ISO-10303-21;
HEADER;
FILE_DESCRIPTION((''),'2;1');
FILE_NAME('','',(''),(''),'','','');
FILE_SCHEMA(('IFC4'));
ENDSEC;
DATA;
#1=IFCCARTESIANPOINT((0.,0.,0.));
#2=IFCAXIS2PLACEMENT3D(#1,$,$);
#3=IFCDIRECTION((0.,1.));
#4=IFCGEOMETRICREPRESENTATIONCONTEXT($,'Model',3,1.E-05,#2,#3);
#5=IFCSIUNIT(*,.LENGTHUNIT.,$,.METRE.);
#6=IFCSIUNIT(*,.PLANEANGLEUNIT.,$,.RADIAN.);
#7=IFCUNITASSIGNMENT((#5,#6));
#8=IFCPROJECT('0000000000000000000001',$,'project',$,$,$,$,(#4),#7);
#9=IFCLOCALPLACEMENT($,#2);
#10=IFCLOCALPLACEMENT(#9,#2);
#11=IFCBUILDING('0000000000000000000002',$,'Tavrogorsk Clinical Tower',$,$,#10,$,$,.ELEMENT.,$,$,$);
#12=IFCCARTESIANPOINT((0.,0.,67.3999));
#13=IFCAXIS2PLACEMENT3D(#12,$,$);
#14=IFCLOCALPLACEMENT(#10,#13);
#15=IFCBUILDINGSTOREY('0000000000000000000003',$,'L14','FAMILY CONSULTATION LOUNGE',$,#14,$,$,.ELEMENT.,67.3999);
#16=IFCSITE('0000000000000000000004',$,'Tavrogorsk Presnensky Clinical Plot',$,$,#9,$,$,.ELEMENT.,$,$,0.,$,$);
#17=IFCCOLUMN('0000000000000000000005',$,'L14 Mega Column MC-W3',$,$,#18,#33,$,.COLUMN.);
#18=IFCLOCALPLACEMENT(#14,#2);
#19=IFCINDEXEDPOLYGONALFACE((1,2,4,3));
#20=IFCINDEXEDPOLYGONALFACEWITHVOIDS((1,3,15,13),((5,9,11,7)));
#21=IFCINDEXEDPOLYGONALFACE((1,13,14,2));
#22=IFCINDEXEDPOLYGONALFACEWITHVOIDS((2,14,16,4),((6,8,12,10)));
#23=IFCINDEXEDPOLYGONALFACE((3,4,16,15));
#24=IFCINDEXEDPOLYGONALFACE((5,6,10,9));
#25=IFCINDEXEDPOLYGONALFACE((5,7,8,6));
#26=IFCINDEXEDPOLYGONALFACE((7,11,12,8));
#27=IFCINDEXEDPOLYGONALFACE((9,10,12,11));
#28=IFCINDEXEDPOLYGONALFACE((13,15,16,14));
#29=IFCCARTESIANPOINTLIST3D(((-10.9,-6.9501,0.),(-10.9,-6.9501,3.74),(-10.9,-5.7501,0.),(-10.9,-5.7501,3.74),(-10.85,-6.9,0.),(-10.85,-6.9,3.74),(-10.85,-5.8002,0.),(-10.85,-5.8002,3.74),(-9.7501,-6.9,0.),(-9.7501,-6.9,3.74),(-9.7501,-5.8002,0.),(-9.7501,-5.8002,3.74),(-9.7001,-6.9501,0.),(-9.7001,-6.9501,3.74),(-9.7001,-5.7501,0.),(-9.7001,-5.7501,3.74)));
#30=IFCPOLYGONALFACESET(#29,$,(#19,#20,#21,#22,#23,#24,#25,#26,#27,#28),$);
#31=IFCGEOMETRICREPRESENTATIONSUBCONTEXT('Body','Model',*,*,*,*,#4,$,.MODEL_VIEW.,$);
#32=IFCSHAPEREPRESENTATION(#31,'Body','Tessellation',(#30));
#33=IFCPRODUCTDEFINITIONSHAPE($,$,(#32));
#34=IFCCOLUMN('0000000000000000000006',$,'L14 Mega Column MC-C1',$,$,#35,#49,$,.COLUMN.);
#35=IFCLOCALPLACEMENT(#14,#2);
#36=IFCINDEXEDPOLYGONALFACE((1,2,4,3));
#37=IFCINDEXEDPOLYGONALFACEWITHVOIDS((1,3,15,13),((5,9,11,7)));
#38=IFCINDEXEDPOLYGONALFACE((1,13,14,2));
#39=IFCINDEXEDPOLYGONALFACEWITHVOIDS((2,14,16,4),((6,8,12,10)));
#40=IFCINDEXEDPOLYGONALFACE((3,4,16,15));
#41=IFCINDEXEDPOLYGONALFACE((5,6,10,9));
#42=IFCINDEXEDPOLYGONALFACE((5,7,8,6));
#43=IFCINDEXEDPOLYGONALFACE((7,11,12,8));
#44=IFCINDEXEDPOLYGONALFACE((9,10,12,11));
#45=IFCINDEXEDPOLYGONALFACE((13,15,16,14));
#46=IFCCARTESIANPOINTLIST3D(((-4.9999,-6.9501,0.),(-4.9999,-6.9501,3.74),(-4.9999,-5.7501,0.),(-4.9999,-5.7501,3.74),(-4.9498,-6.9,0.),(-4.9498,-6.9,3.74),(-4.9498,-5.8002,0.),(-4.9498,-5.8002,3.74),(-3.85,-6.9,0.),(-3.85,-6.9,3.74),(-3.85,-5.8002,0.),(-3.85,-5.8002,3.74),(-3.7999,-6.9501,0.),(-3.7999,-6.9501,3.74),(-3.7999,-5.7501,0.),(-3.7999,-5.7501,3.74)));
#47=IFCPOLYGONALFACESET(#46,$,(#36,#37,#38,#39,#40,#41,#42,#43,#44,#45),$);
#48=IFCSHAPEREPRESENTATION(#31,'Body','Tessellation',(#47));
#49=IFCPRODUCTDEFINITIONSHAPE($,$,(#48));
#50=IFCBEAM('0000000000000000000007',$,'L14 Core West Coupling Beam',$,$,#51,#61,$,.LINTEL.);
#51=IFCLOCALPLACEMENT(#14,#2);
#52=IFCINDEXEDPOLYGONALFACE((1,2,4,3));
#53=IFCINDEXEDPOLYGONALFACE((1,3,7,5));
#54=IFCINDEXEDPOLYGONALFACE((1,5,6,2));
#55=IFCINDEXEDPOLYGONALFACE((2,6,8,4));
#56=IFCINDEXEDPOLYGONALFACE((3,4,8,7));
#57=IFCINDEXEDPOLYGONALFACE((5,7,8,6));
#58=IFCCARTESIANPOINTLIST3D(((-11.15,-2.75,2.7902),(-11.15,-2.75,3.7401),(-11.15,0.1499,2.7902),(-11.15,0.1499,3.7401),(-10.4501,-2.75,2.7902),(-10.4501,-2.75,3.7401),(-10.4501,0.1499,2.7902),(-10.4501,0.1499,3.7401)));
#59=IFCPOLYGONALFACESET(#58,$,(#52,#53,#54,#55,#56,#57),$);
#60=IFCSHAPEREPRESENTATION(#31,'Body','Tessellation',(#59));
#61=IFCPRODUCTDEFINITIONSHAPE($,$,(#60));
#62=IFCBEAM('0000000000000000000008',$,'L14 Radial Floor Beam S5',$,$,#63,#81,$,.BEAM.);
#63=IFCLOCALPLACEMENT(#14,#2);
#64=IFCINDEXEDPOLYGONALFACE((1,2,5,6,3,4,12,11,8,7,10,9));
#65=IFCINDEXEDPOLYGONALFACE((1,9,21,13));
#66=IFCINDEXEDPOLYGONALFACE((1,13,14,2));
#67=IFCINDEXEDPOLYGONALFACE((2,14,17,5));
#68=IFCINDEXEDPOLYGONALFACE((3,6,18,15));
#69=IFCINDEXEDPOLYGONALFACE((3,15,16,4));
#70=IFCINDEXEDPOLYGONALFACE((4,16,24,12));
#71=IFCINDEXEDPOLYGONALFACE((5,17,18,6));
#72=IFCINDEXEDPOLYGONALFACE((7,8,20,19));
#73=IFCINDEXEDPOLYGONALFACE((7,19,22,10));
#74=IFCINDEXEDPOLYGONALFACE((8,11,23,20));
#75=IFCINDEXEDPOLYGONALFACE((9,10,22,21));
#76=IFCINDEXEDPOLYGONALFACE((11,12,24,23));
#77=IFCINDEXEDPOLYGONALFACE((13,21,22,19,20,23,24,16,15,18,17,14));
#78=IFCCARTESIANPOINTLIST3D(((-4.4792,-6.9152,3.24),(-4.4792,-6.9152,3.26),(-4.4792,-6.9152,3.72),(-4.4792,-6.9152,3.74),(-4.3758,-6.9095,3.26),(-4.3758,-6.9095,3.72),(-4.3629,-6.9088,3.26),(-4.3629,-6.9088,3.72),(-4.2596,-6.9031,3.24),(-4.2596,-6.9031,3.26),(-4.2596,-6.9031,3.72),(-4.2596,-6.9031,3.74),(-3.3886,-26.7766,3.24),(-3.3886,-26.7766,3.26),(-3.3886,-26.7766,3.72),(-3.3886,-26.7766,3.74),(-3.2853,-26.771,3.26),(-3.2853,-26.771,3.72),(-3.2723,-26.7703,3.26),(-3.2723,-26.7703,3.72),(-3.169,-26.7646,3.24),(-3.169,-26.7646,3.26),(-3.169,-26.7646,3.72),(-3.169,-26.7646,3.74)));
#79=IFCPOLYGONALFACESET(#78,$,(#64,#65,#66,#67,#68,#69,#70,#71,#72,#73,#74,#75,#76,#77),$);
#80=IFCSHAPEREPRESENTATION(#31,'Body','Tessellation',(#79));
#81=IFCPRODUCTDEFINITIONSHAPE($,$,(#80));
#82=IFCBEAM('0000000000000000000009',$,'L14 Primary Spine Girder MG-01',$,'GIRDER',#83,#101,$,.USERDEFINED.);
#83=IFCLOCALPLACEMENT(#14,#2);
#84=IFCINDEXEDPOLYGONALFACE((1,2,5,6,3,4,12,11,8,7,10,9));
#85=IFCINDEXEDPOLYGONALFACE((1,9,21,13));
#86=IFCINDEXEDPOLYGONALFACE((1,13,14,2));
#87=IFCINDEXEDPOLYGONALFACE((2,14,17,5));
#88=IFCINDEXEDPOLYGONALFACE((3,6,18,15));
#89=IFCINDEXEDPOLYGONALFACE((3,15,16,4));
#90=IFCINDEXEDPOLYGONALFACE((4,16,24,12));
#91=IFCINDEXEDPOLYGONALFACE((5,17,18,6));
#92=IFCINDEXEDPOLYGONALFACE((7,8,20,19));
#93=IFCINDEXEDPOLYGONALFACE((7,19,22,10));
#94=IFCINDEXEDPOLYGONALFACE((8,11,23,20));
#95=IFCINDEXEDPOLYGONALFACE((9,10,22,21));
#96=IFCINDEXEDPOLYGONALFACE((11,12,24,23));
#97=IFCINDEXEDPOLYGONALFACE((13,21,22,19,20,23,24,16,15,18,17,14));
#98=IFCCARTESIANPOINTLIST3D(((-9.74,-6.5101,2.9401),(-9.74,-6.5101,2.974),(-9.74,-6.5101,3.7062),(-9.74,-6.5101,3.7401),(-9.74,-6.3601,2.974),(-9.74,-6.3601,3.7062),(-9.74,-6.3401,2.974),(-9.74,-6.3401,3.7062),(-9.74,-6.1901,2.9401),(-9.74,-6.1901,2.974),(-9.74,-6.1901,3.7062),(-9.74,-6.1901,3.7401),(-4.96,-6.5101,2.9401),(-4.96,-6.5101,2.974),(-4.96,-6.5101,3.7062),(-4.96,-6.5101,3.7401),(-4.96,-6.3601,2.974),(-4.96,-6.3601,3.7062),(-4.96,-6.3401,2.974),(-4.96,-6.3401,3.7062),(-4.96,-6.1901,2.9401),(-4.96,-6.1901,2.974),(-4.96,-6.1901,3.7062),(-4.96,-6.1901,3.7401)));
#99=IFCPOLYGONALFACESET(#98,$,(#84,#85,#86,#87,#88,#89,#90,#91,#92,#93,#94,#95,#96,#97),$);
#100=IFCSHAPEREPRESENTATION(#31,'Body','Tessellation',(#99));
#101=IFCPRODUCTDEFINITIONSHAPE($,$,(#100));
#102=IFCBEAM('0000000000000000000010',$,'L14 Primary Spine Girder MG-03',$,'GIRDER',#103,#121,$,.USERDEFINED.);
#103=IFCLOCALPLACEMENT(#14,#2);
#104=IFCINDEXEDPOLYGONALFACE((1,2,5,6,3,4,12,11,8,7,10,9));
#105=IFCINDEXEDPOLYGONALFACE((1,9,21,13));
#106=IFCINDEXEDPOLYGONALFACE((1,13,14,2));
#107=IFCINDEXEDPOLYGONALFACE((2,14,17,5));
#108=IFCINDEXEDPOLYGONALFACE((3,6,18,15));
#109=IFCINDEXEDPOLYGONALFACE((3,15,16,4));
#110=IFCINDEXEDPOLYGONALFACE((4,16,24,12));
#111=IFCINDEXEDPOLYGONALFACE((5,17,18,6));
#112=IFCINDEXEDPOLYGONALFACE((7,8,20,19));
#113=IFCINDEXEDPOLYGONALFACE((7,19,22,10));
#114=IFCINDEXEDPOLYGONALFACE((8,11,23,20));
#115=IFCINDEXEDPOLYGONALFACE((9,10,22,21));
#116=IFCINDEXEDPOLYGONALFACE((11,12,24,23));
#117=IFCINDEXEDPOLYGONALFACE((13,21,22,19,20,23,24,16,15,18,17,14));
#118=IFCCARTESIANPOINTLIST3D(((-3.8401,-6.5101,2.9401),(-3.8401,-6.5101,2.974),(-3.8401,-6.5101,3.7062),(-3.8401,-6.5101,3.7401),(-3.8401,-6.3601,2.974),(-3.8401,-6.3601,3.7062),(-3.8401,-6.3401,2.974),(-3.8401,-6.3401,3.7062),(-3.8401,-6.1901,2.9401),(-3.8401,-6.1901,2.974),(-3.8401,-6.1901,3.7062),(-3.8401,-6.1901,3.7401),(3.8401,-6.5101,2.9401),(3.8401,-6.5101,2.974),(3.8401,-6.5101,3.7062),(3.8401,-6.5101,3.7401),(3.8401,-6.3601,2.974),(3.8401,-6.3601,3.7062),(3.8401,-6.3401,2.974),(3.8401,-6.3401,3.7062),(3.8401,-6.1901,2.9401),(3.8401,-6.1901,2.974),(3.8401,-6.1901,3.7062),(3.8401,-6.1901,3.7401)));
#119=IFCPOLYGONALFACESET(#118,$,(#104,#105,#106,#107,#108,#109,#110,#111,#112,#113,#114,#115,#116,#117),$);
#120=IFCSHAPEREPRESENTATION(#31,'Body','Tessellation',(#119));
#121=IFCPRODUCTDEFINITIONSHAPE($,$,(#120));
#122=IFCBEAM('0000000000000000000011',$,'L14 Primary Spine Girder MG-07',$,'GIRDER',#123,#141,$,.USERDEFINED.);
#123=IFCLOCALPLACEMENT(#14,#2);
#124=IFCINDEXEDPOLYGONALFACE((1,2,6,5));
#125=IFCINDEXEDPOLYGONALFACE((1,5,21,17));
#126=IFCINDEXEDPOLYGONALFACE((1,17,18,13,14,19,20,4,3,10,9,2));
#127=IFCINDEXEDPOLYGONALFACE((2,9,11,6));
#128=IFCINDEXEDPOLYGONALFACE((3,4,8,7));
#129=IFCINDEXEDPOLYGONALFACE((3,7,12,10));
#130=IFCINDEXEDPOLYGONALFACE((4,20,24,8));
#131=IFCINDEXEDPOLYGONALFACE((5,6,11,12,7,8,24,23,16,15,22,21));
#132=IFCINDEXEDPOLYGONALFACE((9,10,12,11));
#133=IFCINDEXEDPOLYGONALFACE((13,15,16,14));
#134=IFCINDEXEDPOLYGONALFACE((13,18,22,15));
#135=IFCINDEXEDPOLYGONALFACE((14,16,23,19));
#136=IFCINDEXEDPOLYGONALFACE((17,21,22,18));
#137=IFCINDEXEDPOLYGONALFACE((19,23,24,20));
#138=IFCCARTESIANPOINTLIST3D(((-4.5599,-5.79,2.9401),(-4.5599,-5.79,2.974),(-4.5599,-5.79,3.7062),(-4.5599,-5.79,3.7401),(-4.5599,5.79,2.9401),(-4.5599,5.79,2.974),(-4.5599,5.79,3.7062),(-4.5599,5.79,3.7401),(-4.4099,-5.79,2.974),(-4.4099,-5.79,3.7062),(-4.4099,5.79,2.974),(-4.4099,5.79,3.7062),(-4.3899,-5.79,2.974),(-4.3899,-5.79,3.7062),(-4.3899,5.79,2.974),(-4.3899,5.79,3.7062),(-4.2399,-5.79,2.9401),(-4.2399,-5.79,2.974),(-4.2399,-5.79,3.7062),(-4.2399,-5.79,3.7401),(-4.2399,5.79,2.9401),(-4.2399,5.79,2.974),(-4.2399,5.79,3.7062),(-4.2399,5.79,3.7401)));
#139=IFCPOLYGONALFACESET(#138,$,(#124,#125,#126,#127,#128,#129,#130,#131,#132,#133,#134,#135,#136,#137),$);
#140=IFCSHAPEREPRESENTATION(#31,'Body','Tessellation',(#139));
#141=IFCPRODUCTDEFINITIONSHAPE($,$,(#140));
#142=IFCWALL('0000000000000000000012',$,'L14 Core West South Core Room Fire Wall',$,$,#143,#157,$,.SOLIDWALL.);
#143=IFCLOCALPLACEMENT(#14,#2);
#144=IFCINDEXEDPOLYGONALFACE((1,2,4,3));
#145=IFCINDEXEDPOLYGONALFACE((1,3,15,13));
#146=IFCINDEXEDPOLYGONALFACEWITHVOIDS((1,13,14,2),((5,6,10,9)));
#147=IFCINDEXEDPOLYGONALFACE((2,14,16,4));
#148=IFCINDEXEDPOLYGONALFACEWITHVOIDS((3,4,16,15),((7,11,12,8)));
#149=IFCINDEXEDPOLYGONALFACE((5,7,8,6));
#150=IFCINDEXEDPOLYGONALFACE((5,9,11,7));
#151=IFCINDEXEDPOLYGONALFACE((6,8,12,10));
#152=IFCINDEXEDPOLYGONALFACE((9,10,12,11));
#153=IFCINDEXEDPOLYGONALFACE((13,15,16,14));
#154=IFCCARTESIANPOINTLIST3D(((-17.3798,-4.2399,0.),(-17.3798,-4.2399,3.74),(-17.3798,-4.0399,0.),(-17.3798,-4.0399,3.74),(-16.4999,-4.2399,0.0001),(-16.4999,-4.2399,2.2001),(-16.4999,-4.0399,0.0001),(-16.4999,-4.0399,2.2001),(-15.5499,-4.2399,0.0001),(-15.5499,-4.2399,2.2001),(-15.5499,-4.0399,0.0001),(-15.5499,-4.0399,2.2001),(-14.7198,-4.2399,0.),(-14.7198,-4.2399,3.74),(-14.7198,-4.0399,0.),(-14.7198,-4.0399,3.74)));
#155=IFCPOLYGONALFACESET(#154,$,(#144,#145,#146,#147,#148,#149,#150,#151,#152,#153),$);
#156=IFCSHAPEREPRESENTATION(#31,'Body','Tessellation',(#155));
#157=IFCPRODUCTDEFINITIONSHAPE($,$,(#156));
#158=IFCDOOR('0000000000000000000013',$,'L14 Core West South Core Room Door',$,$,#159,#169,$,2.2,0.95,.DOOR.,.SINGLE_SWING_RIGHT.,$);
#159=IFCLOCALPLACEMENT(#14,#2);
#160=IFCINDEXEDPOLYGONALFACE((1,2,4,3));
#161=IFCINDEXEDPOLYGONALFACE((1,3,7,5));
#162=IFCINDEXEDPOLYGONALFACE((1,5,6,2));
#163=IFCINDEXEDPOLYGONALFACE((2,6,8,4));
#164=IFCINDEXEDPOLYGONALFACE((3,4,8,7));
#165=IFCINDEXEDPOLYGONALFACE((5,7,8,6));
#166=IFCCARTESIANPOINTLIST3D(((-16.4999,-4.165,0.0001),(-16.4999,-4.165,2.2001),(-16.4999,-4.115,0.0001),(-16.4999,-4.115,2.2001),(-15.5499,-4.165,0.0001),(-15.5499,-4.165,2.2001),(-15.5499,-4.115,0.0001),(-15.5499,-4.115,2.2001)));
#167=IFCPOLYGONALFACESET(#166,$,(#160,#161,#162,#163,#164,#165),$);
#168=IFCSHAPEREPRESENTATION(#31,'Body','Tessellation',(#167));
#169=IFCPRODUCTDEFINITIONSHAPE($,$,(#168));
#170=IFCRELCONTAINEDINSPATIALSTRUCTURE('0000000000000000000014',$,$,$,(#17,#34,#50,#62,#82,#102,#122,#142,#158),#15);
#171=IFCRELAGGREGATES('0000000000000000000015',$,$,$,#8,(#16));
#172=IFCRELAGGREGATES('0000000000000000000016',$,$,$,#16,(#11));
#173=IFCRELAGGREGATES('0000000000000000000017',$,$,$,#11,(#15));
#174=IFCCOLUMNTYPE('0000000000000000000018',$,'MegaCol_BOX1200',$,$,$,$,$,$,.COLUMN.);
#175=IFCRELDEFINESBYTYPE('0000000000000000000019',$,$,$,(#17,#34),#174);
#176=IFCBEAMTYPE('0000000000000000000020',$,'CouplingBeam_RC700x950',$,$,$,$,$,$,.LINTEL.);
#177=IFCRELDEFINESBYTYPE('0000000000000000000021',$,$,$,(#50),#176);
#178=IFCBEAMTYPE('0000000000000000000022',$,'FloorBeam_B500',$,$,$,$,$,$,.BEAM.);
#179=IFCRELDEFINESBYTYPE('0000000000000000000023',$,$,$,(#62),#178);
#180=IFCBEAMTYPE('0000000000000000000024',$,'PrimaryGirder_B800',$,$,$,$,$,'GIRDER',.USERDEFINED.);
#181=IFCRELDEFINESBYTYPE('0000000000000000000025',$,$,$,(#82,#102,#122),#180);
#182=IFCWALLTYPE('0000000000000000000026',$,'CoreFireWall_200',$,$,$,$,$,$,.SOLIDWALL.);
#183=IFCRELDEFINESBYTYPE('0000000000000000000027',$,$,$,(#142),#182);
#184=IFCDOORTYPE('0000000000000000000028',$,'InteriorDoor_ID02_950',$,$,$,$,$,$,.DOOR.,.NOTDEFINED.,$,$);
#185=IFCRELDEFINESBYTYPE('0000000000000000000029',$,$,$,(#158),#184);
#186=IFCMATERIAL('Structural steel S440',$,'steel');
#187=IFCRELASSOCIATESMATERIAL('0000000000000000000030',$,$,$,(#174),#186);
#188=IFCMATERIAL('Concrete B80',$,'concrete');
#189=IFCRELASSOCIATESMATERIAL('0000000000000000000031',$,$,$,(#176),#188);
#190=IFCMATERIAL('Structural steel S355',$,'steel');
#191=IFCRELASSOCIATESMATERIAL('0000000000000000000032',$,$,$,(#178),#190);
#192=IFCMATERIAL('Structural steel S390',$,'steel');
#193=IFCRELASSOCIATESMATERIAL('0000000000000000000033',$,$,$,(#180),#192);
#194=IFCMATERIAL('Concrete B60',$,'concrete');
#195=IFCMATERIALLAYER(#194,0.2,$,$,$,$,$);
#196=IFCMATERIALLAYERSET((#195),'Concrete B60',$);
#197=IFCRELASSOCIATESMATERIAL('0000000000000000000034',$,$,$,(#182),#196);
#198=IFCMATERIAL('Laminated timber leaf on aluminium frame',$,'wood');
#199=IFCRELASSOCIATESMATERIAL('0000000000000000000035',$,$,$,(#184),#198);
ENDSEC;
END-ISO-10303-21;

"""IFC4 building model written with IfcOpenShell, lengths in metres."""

from ifc_helpers import new_model, si_unit, direction, frame, frame_2d, origin, origin_2d, place, context, subcontext, project, spatial, rectangle, hollow_rectangle, i_section, extrude, material, layer, layer_set, material_profile, profile_set, type_object, element, fill, save


model = new_model("IFC4")

# Units and contexts
model_context = context("Model", 3, precision=1e-05, world=origin(), true_north=direction((0.0, 1.0)))
body_context = subcontext(model_context, "Body", "Model", "MODEL_VIEW")
ifc_project = project(units=[si_unit("LENGTHUNIT", "METRE"), si_unit("PLANEANGLEUNIT", "RADIAN")], contexts=[model_context])

# Site, building, storey
site_placement = place(None, origin())
site = spatial("IfcSite", under=ifc_project, at=site_placement, Name="Tavrogorsk Presnensky Clinical Plot", CompositionType="ELEMENT", RefElevation=0.0)
building_placement = place(site_placement, origin())
building = spatial("IfcBuilding", under=site, at=building_placement, Name="Tavrogorsk Clinical Tower", CompositionType="ELEMENT")
storey_placement = place(building_placement, frame((0.0, 0.0, 67.3999)))
storey = spatial("IfcBuildingStorey", under=building, at=storey_placement, Name="L14", Description="FAMILY CONSULTATION LOUNGE", CompositionType="ELEMENT", Elevation=67.3999)

# Columns
ifc_material_1 = material(Name="Structural steel S440", Category="steel")
ifc_material_profile_1 = material_profile(ifc_material_1, hollow_rectangle(XDim=1.2, YDim=1.2, WallThickness=0.05, at=origin_2d()), Name="BOX-1200x1200x50")
ifc_profile_set_1 = profile_set([ifc_material_profile_1], Name="Structural steel S440")
column_type = type_object("IfcColumnType", Name="MegaCol_BOX1200", PredefinedType="COLUMN", material=ifc_profile_set_1)
for number, where, z_axis, x_axis, name in (
    (1, (-10.3, -6.3501, 0.0), (0.0, 0.0, 1.0), (1.0, 0.0, 0.0), "L14 Mega Column MC-W3"),
    (2, (-4.3999, -6.3501, 0.0), (0.0, 0.0, 1.0), (1.0, 0.0, 0.0), "L14 Mega Column MC-C1"),
):
    element("IfcColumn", number, at=place(storey_placement, frame(where, z_axis=z_axis, x_axis=x_axis)), inside=storey, type_object=column_type, Name=name, PredefinedType="COLUMN", context=body_context, shape_type="SweptSolid", body=[
        extrude(hollow_rectangle(XDim=1.2, YDim=1.2, WallThickness=0.05, at=origin_2d()), origin(), (0.0, 0.0, 1.0), 3.74),
    ])

# Beams
ifc_material_2 = material(Name="Concrete B80", Category="concrete")
ifc_material_profile_2 = material_profile(ifc_material_2, rectangle(XDim=0.7, YDim=0.95, at=origin_2d()), Name="RC-CB-700x950")
ifc_profile_set_2 = profile_set([ifc_material_profile_2], Name="Concrete B80")
beam_type_1 = type_object("IfcBeamType", Name="CouplingBeam_RC700x950", PredefinedType="LINTEL", material=ifc_profile_set_2)
beam_1_placement = place(storey_placement, frame((-10.8, -2.75, 3.2651), z_axis=(0.0, 1.0, 0.0), x_axis=(-1.0, 0.0, 0.0)))
element("IfcBeam", 3, at=beam_1_placement, inside=storey, type_object=beam_type_1, Name="L14 Core West Coupling Beam", PredefinedType="LINTEL", context=body_context, shape_type="SweptSolid", body=[
    extrude(rectangle(XDim=0.7, YDim=0.95, at=origin_2d()), origin(), (0.0, 0.0, 1.0), 2.8999),
])
ifc_material_3 = material(Name="Structural steel S355", Category="steel")
ifc_material_profile_3 = material_profile(ifc_material_3, i_section(OverallWidth=0.22, OverallDepth=0.5, WebThickness=0.0129, FlangeThickness=0.02, at=origin_2d()), Name="B-500x220x13x20")
ifc_profile_set_3 = profile_set([ifc_material_profile_3], Name="Structural steel S355")
beam_type_2 = type_object("IfcBeamType", Name="FloorBeam_B500", PredefinedType="BEAM", material=ifc_profile_set_3)
beam_2_placement = place(storey_placement, frame((-4.3694, -6.9092, 3.49), z_axis=(0.054827, -0.998496, 0.0), x_axis=(0.998496, 0.054827, 0.0)))
element("IfcBeam", 4, at=beam_2_placement, inside=storey, type_object=beam_type_2, Name="L14 Radial Floor Beam S5", PredefinedType="BEAM", context=body_context, shape_type="SweptSolid", body=[
    extrude(i_section(OverallWidth=0.22, OverallDepth=0.5, WebThickness=0.0129, FlangeThickness=0.02, at=origin_2d()), origin(), (0.0, 0.0, 1.0), 19.8914),
])
ifc_material_4 = material(Name="Structural steel S390", Category="steel")
ifc_material_profile_4 = material_profile(ifc_material_4, i_section(OverallWidth=0.3201, OverallDepth=0.8, WebThickness=0.02, FlangeThickness=0.0339, at=origin_2d()), Name="B-800x320x20x34")
ifc_profile_set_4 = profile_set([ifc_material_profile_4], Name="Structural steel S390")
beam_type_3 = type_object("IfcBeamType", Name="PrimaryGirder_B800", ElementType="GIRDER", PredefinedType="USERDEFINED", material=ifc_profile_set_4)
beam_3_placement = place(storey_placement, frame((-9.74, -6.3501, 3.3401), z_axis=(1.0, 0.0, 0.0), x_axis=(0.0, 1.0, 0.0)))
element("IfcBeam", 5, at=beam_3_placement, inside=storey, type_object=beam_type_3, Name="L14 Primary Spine Girder MG-01", ObjectType="GIRDER", PredefinedType="USERDEFINED", context=body_context, shape_type="SweptSolid", body=[
    extrude(i_section(OverallWidth=0.3201, OverallDepth=0.8, WebThickness=0.02, FlangeThickness=0.0339, at=origin_2d()), origin(), (0.0, 0.0, 1.0), 4.78),
])
beam_4_placement = place(storey_placement, frame((-3.8401, -6.3501, 3.3401), z_axis=(1.0, 0.0, 0.0), x_axis=(0.0, 1.0, 0.0)))
element("IfcBeam", 6, at=beam_4_placement, inside=storey, type_object=beam_type_3, Name="L14 Primary Spine Girder MG-03", ObjectType="GIRDER", PredefinedType="USERDEFINED", context=body_context, shape_type="SweptSolid", body=[
    extrude(i_section(OverallWidth=0.3201, OverallDepth=0.8, WebThickness=0.02, FlangeThickness=0.0339, at=origin_2d()), origin(), (0.0, 0.0, 1.0), 7.6802),
])
beam_5_placement = place(storey_placement, frame((-4.3999, -5.79, 3.3401), z_axis=(0.0, 1.0, 0.0), x_axis=(-1.0, 0.0, 0.0)))
element("IfcBeam", 7, at=beam_5_placement, inside=storey, type_object=beam_type_3, Name="L14 Primary Spine Girder MG-07", ObjectType="GIRDER", PredefinedType="USERDEFINED", context=body_context, shape_type="SweptSolid", body=[
    extrude(i_section(OverallWidth=0.3201, OverallDepth=0.8, WebThickness=0.02, FlangeThickness=0.0339, at=origin_2d()), origin(), (0.0, 0.0, 1.0), 11.5801),
])

# Wall, opening, door
ifc_material_5 = material(Name="Concrete B60", Category="concrete")
ifc_layer_1 = layer(ifc_material_5, 0.2)
ifc_layer_set_1 = layer_set([ifc_layer_1], Name="Concrete B60")
wall_type_1 = type_object("IfcWallType", Name="CoreFireWall_200", PredefinedType="SOLIDWALL", material=ifc_layer_set_1)
wall_1_placement = place(storey_placement, frame((-17.3799, -4.1399, 0.0), z_axis=(0.0, 0.0, 1.0), x_axis=(1.0, 0.0, 0.0)))
wall_1 = element("IfcWall", 8, at=wall_1_placement, inside=storey, type_object=wall_type_1, Name="L14 Core West South Core Room Fire Wall", PredefinedType="SOLIDWALL", context=body_context, shape_type="SweptSolid", body=[
    extrude(rectangle(XDim=2.6599, YDim=0.2, at=frame_2d((1.3301, 0.0))), origin(), (0.0, 0.0, 1.0), 3.74),
])
opening_1_placement = place(wall_1_placement, frame((0.8799, 0.0, 0.0)))
opening_1 = element("IfcOpeningElement", 9, at=opening_1_placement, cuts=wall_1, PredefinedType="OPENING", context=body_context, shape_type="SweptSolid", body=[
    extrude(rectangle(XDim=0.95, YDim=2.2, at=frame_2d((0.4751, 1.1001))), frame((0.0, 0.1099, 0.0), z_axis=(0.0, -1.0, 0.0), x_axis=(1.0, 0.0, 0.0)), (0.0, 0.0, 1.0), 0.22),
])
ifc_material_6 = material(Name="Laminated timber leaf on aluminium frame", Category="wood")
door_type_1 = type_object("IfcDoorType", Name="InteriorDoor_ID02_950", OperationType="NOTDEFINED", PredefinedType="DOOR", material=ifc_material_6)
door_1_placement = place(opening_1_placement, origin())
door_1 = element("IfcDoor", 10, at=door_1_placement, inside=storey, type_object=door_type_1, Name="L14 Core West South Core Room Door", OperationType="SINGLE_SWING_RIGHT", OverallHeight=2.2, OverallWidth=0.95, PredefinedType="DOOR", context=body_context, shape_type="SweptSolid", body=[
    extrude(rectangle(XDim=0.95, YDim=2.2, at=frame_2d((0.4751, 1.1001))), frame((0.0, 0.0249, 0.0), z_axis=(0.0, -1.0, 0.0), x_axis=(1.0, 0.0, 0.0)), (0.0, 0.0, 1.0), 0.05),
])
fill(opening_1, door_1)

save(model, "model.ifc")
